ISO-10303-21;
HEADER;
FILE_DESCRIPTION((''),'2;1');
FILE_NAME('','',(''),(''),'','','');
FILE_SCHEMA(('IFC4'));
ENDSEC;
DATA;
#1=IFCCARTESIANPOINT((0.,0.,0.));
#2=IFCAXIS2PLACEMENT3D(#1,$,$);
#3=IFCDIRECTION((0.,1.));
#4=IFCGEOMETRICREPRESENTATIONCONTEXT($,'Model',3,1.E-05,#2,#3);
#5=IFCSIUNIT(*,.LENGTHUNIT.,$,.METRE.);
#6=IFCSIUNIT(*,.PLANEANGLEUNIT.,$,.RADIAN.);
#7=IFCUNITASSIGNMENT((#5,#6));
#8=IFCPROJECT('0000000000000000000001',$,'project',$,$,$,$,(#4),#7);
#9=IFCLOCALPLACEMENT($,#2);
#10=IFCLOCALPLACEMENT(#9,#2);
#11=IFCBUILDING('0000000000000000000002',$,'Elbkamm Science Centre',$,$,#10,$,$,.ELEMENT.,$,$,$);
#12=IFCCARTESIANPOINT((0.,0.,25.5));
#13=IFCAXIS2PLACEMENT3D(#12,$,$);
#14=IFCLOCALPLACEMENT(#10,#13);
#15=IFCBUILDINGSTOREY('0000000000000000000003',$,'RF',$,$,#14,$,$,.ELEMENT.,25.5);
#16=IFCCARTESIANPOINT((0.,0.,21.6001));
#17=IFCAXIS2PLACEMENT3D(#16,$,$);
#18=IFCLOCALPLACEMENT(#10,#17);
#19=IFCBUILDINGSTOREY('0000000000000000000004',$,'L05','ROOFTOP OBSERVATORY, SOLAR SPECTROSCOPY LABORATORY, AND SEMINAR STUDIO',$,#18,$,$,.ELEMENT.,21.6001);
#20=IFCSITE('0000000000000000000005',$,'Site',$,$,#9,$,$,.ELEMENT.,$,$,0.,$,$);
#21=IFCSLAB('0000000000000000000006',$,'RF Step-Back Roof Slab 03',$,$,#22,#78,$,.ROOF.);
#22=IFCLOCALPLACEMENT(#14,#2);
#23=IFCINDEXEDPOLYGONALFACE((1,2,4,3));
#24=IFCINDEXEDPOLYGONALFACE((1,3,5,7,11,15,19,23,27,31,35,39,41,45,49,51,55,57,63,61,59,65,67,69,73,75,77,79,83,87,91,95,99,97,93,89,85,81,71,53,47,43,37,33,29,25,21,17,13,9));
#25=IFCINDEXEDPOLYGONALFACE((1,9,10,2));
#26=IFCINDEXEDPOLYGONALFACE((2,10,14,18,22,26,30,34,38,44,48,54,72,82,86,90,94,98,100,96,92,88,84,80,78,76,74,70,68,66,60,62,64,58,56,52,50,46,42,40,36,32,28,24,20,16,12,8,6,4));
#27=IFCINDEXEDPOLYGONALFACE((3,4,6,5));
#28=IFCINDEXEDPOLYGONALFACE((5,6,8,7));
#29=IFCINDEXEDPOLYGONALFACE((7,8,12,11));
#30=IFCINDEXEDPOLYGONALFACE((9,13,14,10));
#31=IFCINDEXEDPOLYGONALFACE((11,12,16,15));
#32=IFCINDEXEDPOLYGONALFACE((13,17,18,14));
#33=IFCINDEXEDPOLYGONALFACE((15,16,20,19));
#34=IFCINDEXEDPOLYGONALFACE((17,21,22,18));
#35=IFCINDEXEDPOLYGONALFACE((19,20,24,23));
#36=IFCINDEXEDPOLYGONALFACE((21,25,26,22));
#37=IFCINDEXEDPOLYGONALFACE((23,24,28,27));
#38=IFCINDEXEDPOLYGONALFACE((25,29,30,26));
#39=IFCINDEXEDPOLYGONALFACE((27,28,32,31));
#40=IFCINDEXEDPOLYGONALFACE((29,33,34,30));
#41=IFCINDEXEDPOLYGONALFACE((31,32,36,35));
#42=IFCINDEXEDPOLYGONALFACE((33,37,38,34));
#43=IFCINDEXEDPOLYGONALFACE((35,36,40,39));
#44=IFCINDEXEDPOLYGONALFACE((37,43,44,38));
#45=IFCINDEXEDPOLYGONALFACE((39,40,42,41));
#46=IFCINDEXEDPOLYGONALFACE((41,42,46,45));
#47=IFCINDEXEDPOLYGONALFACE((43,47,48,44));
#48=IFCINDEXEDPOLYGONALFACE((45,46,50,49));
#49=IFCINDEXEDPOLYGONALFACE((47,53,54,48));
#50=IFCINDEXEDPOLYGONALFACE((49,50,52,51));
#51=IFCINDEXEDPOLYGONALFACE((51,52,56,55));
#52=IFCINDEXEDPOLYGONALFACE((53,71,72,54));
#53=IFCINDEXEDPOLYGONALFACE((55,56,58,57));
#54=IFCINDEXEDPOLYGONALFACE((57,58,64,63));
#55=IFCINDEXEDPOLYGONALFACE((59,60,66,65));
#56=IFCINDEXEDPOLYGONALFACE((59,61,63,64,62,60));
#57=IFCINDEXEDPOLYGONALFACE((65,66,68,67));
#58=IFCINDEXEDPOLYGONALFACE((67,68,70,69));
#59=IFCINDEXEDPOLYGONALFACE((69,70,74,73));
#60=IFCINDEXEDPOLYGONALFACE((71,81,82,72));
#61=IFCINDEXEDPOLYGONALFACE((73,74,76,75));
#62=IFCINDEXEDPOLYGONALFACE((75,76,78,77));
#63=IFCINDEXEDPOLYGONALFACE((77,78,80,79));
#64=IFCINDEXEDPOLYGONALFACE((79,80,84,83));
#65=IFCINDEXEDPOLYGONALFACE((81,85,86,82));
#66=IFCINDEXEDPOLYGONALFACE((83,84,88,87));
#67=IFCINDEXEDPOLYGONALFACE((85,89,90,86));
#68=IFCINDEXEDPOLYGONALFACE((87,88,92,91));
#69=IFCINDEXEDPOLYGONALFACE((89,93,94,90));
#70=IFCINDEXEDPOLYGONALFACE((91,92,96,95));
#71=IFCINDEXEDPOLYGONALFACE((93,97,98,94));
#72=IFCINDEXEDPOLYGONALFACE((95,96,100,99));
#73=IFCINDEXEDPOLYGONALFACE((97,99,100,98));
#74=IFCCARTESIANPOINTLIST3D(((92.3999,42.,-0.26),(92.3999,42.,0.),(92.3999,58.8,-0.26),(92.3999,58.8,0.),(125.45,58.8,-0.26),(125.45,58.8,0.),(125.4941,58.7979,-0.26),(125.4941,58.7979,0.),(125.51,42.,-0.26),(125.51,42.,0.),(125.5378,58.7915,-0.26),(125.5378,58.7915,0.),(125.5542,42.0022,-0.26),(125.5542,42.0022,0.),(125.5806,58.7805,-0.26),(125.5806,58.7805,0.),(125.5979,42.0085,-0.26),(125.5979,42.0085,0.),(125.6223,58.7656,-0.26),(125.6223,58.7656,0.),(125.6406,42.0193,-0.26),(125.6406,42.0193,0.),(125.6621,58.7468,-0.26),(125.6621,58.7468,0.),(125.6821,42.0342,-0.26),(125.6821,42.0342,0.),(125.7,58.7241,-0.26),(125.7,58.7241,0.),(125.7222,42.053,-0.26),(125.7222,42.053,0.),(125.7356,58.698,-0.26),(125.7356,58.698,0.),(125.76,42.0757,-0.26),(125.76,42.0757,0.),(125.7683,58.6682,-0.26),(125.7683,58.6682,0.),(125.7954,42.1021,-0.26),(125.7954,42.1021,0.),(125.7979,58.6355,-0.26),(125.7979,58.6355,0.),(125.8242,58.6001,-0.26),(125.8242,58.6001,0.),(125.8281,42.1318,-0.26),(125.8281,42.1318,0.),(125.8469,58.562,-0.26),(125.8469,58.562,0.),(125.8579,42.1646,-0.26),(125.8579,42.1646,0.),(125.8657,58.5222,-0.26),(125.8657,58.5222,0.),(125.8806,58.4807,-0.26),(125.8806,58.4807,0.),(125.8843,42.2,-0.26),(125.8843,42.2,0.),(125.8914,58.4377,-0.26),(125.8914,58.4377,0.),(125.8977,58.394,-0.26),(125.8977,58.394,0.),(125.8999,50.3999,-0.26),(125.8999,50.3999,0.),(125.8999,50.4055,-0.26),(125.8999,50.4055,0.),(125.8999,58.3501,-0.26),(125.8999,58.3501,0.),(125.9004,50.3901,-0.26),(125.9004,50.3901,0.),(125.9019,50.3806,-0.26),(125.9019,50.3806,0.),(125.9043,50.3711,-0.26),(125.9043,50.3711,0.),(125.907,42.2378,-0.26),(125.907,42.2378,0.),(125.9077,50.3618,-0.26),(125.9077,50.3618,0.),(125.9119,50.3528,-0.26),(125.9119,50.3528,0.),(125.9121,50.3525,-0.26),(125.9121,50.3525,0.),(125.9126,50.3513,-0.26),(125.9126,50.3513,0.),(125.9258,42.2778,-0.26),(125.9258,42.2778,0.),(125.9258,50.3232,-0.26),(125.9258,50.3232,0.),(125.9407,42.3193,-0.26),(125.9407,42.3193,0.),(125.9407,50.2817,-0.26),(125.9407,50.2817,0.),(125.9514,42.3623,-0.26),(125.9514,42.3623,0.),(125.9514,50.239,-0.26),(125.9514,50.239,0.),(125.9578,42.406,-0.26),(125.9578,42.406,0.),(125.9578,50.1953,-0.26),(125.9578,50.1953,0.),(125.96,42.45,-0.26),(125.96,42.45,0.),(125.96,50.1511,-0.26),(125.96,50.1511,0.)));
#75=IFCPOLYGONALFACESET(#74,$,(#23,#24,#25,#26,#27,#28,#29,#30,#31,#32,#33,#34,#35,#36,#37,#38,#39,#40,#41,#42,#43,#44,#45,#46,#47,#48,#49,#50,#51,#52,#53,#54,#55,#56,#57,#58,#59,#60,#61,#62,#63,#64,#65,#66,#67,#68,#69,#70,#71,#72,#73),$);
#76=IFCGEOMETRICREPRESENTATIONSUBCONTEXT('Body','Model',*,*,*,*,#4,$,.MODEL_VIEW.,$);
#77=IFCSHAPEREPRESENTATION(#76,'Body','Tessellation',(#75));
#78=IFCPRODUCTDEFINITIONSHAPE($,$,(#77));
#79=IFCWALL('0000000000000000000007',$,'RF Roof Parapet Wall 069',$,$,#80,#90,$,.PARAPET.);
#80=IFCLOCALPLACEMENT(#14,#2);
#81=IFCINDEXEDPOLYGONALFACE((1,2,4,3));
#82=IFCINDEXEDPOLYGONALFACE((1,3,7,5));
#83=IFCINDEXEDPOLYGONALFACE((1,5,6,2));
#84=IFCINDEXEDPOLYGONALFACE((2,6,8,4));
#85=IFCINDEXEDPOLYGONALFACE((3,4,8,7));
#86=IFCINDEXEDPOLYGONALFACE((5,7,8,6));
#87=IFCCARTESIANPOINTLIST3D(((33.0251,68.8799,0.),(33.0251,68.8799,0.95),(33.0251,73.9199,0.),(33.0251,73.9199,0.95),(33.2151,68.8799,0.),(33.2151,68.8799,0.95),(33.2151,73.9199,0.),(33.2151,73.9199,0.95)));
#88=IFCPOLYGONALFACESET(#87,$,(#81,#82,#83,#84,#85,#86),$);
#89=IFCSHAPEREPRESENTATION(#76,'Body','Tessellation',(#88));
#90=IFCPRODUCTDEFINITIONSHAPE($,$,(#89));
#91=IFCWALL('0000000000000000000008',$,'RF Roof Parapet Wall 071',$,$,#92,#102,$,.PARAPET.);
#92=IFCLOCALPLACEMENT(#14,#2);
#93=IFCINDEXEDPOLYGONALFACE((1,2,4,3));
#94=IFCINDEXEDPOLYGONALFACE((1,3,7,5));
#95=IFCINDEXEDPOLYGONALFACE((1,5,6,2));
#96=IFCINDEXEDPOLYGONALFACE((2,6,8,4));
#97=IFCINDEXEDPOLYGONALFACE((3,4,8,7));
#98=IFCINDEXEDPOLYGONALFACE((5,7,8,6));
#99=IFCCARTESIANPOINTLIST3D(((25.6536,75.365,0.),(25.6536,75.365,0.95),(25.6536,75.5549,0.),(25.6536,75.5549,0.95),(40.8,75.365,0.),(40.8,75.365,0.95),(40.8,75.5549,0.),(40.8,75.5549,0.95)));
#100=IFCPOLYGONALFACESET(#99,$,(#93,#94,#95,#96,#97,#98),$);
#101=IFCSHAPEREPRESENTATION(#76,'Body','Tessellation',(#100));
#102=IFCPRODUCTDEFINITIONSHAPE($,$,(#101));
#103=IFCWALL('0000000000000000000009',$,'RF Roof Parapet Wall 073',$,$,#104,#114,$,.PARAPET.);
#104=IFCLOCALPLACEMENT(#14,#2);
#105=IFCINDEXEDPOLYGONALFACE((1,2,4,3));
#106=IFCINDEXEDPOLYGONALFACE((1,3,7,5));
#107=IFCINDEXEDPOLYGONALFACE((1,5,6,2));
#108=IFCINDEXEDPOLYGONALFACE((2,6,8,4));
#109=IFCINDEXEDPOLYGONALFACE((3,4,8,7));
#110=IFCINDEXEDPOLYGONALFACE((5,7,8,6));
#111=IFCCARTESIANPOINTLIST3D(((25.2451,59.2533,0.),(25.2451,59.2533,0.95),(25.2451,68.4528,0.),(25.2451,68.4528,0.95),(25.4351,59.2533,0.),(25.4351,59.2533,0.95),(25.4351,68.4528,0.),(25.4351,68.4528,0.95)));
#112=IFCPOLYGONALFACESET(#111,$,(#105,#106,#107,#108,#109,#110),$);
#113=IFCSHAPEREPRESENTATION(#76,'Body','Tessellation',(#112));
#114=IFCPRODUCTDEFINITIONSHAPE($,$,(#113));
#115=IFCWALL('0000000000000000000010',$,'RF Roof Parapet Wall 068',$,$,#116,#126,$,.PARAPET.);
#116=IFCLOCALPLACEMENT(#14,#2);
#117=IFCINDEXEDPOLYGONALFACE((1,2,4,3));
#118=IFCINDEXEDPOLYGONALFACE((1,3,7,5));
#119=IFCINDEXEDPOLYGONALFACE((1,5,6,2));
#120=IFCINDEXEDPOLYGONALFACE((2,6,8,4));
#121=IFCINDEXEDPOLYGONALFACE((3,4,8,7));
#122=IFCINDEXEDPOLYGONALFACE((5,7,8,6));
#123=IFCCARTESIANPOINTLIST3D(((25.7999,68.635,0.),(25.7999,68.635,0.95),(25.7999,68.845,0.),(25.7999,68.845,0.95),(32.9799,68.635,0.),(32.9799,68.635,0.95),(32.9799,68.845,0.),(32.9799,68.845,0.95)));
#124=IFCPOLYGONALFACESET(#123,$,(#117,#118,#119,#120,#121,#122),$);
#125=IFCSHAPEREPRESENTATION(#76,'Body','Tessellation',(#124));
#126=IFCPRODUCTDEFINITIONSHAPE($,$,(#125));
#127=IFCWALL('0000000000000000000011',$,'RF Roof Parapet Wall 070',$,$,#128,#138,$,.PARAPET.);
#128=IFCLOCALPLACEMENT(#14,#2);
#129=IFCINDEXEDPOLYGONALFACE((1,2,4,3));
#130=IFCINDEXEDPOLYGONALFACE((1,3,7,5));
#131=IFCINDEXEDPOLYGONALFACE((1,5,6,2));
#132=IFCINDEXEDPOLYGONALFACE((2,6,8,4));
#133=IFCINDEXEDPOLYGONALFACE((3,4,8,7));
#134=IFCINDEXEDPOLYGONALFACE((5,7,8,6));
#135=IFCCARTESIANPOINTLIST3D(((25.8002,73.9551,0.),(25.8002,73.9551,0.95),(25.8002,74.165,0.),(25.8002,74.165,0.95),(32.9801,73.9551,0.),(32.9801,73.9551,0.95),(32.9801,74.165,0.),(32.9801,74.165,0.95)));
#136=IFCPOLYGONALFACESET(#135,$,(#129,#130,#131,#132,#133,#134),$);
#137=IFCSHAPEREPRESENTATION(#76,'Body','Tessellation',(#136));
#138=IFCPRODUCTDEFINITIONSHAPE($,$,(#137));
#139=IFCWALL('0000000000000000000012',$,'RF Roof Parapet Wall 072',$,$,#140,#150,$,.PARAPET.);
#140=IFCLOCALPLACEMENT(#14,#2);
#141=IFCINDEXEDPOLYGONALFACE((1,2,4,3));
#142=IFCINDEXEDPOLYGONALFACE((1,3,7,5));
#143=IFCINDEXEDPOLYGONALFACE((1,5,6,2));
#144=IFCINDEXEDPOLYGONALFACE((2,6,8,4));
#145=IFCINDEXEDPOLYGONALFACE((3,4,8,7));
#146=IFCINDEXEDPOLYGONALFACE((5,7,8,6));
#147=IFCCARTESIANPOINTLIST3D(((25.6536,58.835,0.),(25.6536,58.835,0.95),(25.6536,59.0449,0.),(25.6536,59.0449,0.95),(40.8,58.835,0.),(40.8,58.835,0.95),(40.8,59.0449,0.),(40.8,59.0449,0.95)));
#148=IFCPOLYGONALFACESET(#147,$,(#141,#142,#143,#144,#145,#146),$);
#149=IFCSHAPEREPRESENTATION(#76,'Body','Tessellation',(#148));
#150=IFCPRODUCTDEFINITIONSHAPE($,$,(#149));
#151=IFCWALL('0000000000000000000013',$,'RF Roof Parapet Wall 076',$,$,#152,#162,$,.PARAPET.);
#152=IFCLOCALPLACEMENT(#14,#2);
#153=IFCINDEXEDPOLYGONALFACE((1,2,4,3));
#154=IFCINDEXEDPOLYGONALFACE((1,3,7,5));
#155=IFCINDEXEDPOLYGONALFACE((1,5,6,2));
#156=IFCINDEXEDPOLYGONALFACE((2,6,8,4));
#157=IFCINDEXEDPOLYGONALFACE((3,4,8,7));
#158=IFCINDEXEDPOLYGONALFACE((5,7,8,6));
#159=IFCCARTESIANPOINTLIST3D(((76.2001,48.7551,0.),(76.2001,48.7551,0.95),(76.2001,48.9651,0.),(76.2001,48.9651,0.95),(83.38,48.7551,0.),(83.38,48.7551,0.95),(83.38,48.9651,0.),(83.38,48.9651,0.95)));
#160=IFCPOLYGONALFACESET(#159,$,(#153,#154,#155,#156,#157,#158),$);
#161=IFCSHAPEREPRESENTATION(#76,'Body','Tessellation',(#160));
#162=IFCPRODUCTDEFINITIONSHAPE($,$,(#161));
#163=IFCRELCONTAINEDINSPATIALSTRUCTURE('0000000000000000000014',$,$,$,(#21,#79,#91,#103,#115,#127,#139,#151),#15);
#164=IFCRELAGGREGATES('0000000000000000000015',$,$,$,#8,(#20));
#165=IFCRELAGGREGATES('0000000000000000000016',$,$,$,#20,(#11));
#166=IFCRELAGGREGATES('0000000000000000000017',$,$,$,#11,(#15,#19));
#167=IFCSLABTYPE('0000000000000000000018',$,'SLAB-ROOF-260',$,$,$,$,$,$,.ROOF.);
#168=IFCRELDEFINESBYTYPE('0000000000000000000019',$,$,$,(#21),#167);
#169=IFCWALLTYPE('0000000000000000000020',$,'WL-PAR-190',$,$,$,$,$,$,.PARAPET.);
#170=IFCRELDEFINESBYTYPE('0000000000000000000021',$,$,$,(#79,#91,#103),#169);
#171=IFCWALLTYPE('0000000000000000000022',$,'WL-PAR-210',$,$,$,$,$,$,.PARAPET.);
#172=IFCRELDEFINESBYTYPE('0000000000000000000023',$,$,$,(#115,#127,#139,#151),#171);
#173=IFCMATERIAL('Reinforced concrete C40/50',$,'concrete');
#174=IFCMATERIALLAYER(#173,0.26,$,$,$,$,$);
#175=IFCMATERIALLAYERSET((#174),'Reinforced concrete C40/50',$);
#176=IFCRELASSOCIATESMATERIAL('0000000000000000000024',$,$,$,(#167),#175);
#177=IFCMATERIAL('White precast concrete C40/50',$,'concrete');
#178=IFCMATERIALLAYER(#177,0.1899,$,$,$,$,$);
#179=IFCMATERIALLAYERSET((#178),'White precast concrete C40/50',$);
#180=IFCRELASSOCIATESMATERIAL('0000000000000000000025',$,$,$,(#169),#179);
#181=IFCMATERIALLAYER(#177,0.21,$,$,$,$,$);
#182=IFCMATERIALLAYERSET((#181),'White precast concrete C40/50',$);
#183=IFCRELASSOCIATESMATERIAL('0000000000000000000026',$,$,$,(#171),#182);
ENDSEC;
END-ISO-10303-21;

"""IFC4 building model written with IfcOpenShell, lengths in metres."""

from ifc_helpers import new_model, si_unit, direction, frame, frame_2d, origin, place, context, subcontext, project, spatial, polyline, rectangle, outline, extrude, material, layer, layer_set, type_object, element, save


model = new_model("IFC4")

# Units and contexts
model_context = context("Model", 3, precision=1e-05, world=origin(), true_north=direction((0.0, 1.0)))
body_context = subcontext(model_context, "Body", "Model", "MODEL_VIEW")
ifc_project = project(units=[si_unit("LENGTHUNIT", "METRE"), si_unit("PLANEANGLEUNIT", "RADIAN")], contexts=[model_context])

# Site, building, storey
site_placement = place(None, origin())
site = spatial("IfcSite", under=ifc_project, at=site_placement, Name="Site", CompositionType="ELEMENT", RefElevation=0.0)
building_placement = place(site_placement, origin())
building = spatial("IfcBuilding", under=site, at=building_placement, Name="Elbkamm Science Centre", CompositionType="ELEMENT")
storey_1_placement = place(building_placement, frame((0.0, 0.0, 25.5)))
storey_1 = spatial("IfcBuildingStorey", under=building, at=storey_1_placement, Name="RF", CompositionType="ELEMENT", Elevation=25.5)

# Slab
ifc_material_1 = material(Name="Reinforced concrete C40/50", Category="concrete")
ifc_layer_1 = layer(ifc_material_1, 0.26)
ifc_layer_set_1 = layer_set([ifc_layer_1], Name="Reinforced concrete C40/50")
slab_type = type_object("IfcSlabType", Name="SLAB-ROOF-260", PredefinedType="ROOF", material=ifc_layer_set_1)
slab_1_placement = place(storey_1_placement, frame((0.0, 0.0, -0.26)))
element("IfcSlab", 1, at=slab_1_placement, inside=storey_1, type_object=slab_type, Name="RF Step-Back Roof Slab 03", PredefinedType="ROOF", context=body_context, shape_type="SweptSolid", body=[
    extrude(outline(polyline([(125.45, 58.8), (125.4941, 58.7979), (125.5378, 58.7915), (125.5806, 58.7805), (125.6223, 58.7656), (125.6621, 58.7468), (125.7, 58.7241), (125.7356, 58.698), (125.7683, 58.6682), (125.7979, 58.6355), (125.8242, 58.6001), (125.8469, 58.562), (125.8657, 58.5222), (125.8806, 58.4807), (125.8914, 58.4377), (125.8977, 58.394), (125.8999, 58.3501), (125.8999, 50.4055), (125.8999, 50.3999), (125.9004, 50.3901), (125.9019, 50.3806), (125.9043, 50.3711), (125.9077, 50.3618), (125.9119, 50.3528), (125.9121, 50.3525), (125.9126, 50.3513), (125.9258, 50.3232), (125.9407, 50.2817), (125.9514, 50.239), (125.9578, 50.1953), (125.96, 50.1511), (125.96, 42.45), (125.9578, 42.406), (125.9514, 42.3623), (125.9407, 42.3193), (125.9258, 42.2778), (125.907, 42.2378), (125.8843, 42.2), (125.8579, 42.1646), (125.8281, 42.1318), (125.7954, 42.1021), (125.76, 42.0757), (125.7222, 42.053), (125.6821, 42.0342), (125.6406, 42.0193), (125.5979, 42.0085), (125.5542, 42.0022), (125.51, 42.0), (92.3999, 42.0), (92.3999, 58.8), (125.45, 58.8)])), origin(), (0.0, 0.0, 1.0), 0.26),
])

# Shared definitions
storey_2_placement = place(building_placement, frame((0.0, 0.0, 21.6001)))
storey_2 = spatial("IfcBuildingStorey", under=building, at=storey_2_placement, Name="L05", Description="ROOFTOP OBSERVATORY, SOLAR SPECTROSCOPY LABORATORY, AND SEMINAR STUDIO", CompositionType="ELEMENT", Elevation=21.6001)

# Walls
ifc_material_2 = material(Name="White precast concrete C40/50", Category="concrete")
ifc_layer_2 = layer(ifc_material_2, 0.1899)
ifc_layer_set_2 = layer_set([ifc_layer_2], Name="White precast concrete C40/50")
wall_type_1 = type_object("IfcWallType", Name="WL-PAR-190", PredefinedType="PARAPET", material=ifc_layer_set_2)
wall_1_placement = place(storey_1_placement, frame((33.1201, 68.8799, 0.0), z_axis=(0.0, 0.0, 1.0), x_axis=(0.0, 1.0, 0.0)))
element("IfcWall", 2, at=wall_1_placement, inside=storey_1, type_object=wall_type_1, Name="RF Roof Parapet Wall 069", PredefinedType="PARAPET", context=body_context, shape_type="SweptSolid", body=[
    extrude(rectangle(XDim=5.04, YDim=0.1899, at=frame_2d((2.52, 0.0))), origin(), (0.0, 0.0, 1.0), 0.95),
])
wall_2_placement = place(storey_1_placement, frame((25.6536, 75.46, 0.0), z_axis=(0.0, 0.0, 1.0), x_axis=(1.0, 0.0, 0.0)))
element("IfcWall", 3, at=wall_2_placement, inside=storey_1, type_object=wall_type_1, Name="RF Roof Parapet Wall 071", PredefinedType="PARAPET", context=body_context, shape_type="SweptSolid", body=[
    extrude(rectangle(XDim=15.1465, YDim=0.1899, at=frame_2d((7.5732, 0.0))), origin(), (0.0, 0.0, 1.0), 0.95),
])
wall_3_placement = place(storey_1_placement, frame((25.3401, 59.2534, 0.0), z_axis=(0.0, 0.0, 1.0), x_axis=(0.0, 1.0, 0.0)))
element("IfcWall", 4, at=wall_3_placement, inside=storey_1, type_object=wall_type_1, Name="RF Roof Parapet Wall 073", PredefinedType="PARAPET", context=body_context, shape_type="SweptSolid", body=[
    extrude(rectangle(XDim=9.1995, YDim=0.1899, at=frame_2d((4.5996, 0.0))), origin(), (0.0, 0.0, 1.0), 0.95),
])
ifc_layer_3 = layer(ifc_material_2, 0.21)
ifc_layer_set_3 = layer_set([ifc_layer_3], Name="White precast concrete C40/50")
wall_type_2 = type_object("IfcWallType", Name="WL-PAR-210", PredefinedType="PARAPET", material=ifc_layer_set_3)
for number, where, z_axis, x_axis, name in (
    (5, (25.8, 68.74, 0.0), (0.0, 0.0, 1.0), (1.0, 0.0, 0.0), "RF Roof Parapet Wall 068"),
    (6, (32.98, 74.0601, 0.0), (0.0, 0.0, 1.0), (-1.0, 0.0, 0.0), "RF Roof Parapet Wall 070"),
):
    element("IfcWall", number, at=place(storey_1_placement, frame(where, z_axis=z_axis, x_axis=x_axis)), inside=storey_1, type_object=wall_type_2, Name=name, PredefinedType="PARAPET", context=body_context, shape_type="SweptSolid", body=[
        extrude(rectangle(XDim=7.1799, YDim=0.21, at=frame_2d((3.5898, 0.0))), origin(), (0.0, 0.0, 1.0), 0.95),
    ])
wall_4_placement = place(storey_1_placement, frame((40.8, 58.9399, 0.0), z_axis=(0.0, 0.0, 1.0), x_axis=(-1.0, 0.0, 0.0)))
element("IfcWall", 7, at=wall_4_placement, inside=storey_1, type_object=wall_type_2, Name="RF Roof Parapet Wall 072", PredefinedType="PARAPET", context=body_context, shape_type="SweptSolid", body=[
    extrude(rectangle(XDim=15.1465, YDim=0.21, at=frame_2d((7.5732, 0.0))), origin(), (0.0, 0.0, 1.0), 0.95),
])
for number, where, z_axis, x_axis, name in (
    (8, (83.3799, 48.8601, 0.0), (0.0, 0.0, 1.0), (-1.0, 0.0, 0.0), "RF Roof Parapet Wall 076"),
):
    element("IfcWall", number, at=place(storey_1_placement, frame(where, z_axis=z_axis, x_axis=x_axis)), inside=storey_1, type_object=wall_type_2, Name=name, PredefinedType="PARAPET", context=body_context, shape_type="SweptSolid", body=[
        extrude(rectangle(XDim=7.1799, YDim=0.21, at=frame_2d((3.5898, 0.0))), origin(), (0.0, 0.0, 1.0), 0.95),
    ])

save(model, "model.ifc")
